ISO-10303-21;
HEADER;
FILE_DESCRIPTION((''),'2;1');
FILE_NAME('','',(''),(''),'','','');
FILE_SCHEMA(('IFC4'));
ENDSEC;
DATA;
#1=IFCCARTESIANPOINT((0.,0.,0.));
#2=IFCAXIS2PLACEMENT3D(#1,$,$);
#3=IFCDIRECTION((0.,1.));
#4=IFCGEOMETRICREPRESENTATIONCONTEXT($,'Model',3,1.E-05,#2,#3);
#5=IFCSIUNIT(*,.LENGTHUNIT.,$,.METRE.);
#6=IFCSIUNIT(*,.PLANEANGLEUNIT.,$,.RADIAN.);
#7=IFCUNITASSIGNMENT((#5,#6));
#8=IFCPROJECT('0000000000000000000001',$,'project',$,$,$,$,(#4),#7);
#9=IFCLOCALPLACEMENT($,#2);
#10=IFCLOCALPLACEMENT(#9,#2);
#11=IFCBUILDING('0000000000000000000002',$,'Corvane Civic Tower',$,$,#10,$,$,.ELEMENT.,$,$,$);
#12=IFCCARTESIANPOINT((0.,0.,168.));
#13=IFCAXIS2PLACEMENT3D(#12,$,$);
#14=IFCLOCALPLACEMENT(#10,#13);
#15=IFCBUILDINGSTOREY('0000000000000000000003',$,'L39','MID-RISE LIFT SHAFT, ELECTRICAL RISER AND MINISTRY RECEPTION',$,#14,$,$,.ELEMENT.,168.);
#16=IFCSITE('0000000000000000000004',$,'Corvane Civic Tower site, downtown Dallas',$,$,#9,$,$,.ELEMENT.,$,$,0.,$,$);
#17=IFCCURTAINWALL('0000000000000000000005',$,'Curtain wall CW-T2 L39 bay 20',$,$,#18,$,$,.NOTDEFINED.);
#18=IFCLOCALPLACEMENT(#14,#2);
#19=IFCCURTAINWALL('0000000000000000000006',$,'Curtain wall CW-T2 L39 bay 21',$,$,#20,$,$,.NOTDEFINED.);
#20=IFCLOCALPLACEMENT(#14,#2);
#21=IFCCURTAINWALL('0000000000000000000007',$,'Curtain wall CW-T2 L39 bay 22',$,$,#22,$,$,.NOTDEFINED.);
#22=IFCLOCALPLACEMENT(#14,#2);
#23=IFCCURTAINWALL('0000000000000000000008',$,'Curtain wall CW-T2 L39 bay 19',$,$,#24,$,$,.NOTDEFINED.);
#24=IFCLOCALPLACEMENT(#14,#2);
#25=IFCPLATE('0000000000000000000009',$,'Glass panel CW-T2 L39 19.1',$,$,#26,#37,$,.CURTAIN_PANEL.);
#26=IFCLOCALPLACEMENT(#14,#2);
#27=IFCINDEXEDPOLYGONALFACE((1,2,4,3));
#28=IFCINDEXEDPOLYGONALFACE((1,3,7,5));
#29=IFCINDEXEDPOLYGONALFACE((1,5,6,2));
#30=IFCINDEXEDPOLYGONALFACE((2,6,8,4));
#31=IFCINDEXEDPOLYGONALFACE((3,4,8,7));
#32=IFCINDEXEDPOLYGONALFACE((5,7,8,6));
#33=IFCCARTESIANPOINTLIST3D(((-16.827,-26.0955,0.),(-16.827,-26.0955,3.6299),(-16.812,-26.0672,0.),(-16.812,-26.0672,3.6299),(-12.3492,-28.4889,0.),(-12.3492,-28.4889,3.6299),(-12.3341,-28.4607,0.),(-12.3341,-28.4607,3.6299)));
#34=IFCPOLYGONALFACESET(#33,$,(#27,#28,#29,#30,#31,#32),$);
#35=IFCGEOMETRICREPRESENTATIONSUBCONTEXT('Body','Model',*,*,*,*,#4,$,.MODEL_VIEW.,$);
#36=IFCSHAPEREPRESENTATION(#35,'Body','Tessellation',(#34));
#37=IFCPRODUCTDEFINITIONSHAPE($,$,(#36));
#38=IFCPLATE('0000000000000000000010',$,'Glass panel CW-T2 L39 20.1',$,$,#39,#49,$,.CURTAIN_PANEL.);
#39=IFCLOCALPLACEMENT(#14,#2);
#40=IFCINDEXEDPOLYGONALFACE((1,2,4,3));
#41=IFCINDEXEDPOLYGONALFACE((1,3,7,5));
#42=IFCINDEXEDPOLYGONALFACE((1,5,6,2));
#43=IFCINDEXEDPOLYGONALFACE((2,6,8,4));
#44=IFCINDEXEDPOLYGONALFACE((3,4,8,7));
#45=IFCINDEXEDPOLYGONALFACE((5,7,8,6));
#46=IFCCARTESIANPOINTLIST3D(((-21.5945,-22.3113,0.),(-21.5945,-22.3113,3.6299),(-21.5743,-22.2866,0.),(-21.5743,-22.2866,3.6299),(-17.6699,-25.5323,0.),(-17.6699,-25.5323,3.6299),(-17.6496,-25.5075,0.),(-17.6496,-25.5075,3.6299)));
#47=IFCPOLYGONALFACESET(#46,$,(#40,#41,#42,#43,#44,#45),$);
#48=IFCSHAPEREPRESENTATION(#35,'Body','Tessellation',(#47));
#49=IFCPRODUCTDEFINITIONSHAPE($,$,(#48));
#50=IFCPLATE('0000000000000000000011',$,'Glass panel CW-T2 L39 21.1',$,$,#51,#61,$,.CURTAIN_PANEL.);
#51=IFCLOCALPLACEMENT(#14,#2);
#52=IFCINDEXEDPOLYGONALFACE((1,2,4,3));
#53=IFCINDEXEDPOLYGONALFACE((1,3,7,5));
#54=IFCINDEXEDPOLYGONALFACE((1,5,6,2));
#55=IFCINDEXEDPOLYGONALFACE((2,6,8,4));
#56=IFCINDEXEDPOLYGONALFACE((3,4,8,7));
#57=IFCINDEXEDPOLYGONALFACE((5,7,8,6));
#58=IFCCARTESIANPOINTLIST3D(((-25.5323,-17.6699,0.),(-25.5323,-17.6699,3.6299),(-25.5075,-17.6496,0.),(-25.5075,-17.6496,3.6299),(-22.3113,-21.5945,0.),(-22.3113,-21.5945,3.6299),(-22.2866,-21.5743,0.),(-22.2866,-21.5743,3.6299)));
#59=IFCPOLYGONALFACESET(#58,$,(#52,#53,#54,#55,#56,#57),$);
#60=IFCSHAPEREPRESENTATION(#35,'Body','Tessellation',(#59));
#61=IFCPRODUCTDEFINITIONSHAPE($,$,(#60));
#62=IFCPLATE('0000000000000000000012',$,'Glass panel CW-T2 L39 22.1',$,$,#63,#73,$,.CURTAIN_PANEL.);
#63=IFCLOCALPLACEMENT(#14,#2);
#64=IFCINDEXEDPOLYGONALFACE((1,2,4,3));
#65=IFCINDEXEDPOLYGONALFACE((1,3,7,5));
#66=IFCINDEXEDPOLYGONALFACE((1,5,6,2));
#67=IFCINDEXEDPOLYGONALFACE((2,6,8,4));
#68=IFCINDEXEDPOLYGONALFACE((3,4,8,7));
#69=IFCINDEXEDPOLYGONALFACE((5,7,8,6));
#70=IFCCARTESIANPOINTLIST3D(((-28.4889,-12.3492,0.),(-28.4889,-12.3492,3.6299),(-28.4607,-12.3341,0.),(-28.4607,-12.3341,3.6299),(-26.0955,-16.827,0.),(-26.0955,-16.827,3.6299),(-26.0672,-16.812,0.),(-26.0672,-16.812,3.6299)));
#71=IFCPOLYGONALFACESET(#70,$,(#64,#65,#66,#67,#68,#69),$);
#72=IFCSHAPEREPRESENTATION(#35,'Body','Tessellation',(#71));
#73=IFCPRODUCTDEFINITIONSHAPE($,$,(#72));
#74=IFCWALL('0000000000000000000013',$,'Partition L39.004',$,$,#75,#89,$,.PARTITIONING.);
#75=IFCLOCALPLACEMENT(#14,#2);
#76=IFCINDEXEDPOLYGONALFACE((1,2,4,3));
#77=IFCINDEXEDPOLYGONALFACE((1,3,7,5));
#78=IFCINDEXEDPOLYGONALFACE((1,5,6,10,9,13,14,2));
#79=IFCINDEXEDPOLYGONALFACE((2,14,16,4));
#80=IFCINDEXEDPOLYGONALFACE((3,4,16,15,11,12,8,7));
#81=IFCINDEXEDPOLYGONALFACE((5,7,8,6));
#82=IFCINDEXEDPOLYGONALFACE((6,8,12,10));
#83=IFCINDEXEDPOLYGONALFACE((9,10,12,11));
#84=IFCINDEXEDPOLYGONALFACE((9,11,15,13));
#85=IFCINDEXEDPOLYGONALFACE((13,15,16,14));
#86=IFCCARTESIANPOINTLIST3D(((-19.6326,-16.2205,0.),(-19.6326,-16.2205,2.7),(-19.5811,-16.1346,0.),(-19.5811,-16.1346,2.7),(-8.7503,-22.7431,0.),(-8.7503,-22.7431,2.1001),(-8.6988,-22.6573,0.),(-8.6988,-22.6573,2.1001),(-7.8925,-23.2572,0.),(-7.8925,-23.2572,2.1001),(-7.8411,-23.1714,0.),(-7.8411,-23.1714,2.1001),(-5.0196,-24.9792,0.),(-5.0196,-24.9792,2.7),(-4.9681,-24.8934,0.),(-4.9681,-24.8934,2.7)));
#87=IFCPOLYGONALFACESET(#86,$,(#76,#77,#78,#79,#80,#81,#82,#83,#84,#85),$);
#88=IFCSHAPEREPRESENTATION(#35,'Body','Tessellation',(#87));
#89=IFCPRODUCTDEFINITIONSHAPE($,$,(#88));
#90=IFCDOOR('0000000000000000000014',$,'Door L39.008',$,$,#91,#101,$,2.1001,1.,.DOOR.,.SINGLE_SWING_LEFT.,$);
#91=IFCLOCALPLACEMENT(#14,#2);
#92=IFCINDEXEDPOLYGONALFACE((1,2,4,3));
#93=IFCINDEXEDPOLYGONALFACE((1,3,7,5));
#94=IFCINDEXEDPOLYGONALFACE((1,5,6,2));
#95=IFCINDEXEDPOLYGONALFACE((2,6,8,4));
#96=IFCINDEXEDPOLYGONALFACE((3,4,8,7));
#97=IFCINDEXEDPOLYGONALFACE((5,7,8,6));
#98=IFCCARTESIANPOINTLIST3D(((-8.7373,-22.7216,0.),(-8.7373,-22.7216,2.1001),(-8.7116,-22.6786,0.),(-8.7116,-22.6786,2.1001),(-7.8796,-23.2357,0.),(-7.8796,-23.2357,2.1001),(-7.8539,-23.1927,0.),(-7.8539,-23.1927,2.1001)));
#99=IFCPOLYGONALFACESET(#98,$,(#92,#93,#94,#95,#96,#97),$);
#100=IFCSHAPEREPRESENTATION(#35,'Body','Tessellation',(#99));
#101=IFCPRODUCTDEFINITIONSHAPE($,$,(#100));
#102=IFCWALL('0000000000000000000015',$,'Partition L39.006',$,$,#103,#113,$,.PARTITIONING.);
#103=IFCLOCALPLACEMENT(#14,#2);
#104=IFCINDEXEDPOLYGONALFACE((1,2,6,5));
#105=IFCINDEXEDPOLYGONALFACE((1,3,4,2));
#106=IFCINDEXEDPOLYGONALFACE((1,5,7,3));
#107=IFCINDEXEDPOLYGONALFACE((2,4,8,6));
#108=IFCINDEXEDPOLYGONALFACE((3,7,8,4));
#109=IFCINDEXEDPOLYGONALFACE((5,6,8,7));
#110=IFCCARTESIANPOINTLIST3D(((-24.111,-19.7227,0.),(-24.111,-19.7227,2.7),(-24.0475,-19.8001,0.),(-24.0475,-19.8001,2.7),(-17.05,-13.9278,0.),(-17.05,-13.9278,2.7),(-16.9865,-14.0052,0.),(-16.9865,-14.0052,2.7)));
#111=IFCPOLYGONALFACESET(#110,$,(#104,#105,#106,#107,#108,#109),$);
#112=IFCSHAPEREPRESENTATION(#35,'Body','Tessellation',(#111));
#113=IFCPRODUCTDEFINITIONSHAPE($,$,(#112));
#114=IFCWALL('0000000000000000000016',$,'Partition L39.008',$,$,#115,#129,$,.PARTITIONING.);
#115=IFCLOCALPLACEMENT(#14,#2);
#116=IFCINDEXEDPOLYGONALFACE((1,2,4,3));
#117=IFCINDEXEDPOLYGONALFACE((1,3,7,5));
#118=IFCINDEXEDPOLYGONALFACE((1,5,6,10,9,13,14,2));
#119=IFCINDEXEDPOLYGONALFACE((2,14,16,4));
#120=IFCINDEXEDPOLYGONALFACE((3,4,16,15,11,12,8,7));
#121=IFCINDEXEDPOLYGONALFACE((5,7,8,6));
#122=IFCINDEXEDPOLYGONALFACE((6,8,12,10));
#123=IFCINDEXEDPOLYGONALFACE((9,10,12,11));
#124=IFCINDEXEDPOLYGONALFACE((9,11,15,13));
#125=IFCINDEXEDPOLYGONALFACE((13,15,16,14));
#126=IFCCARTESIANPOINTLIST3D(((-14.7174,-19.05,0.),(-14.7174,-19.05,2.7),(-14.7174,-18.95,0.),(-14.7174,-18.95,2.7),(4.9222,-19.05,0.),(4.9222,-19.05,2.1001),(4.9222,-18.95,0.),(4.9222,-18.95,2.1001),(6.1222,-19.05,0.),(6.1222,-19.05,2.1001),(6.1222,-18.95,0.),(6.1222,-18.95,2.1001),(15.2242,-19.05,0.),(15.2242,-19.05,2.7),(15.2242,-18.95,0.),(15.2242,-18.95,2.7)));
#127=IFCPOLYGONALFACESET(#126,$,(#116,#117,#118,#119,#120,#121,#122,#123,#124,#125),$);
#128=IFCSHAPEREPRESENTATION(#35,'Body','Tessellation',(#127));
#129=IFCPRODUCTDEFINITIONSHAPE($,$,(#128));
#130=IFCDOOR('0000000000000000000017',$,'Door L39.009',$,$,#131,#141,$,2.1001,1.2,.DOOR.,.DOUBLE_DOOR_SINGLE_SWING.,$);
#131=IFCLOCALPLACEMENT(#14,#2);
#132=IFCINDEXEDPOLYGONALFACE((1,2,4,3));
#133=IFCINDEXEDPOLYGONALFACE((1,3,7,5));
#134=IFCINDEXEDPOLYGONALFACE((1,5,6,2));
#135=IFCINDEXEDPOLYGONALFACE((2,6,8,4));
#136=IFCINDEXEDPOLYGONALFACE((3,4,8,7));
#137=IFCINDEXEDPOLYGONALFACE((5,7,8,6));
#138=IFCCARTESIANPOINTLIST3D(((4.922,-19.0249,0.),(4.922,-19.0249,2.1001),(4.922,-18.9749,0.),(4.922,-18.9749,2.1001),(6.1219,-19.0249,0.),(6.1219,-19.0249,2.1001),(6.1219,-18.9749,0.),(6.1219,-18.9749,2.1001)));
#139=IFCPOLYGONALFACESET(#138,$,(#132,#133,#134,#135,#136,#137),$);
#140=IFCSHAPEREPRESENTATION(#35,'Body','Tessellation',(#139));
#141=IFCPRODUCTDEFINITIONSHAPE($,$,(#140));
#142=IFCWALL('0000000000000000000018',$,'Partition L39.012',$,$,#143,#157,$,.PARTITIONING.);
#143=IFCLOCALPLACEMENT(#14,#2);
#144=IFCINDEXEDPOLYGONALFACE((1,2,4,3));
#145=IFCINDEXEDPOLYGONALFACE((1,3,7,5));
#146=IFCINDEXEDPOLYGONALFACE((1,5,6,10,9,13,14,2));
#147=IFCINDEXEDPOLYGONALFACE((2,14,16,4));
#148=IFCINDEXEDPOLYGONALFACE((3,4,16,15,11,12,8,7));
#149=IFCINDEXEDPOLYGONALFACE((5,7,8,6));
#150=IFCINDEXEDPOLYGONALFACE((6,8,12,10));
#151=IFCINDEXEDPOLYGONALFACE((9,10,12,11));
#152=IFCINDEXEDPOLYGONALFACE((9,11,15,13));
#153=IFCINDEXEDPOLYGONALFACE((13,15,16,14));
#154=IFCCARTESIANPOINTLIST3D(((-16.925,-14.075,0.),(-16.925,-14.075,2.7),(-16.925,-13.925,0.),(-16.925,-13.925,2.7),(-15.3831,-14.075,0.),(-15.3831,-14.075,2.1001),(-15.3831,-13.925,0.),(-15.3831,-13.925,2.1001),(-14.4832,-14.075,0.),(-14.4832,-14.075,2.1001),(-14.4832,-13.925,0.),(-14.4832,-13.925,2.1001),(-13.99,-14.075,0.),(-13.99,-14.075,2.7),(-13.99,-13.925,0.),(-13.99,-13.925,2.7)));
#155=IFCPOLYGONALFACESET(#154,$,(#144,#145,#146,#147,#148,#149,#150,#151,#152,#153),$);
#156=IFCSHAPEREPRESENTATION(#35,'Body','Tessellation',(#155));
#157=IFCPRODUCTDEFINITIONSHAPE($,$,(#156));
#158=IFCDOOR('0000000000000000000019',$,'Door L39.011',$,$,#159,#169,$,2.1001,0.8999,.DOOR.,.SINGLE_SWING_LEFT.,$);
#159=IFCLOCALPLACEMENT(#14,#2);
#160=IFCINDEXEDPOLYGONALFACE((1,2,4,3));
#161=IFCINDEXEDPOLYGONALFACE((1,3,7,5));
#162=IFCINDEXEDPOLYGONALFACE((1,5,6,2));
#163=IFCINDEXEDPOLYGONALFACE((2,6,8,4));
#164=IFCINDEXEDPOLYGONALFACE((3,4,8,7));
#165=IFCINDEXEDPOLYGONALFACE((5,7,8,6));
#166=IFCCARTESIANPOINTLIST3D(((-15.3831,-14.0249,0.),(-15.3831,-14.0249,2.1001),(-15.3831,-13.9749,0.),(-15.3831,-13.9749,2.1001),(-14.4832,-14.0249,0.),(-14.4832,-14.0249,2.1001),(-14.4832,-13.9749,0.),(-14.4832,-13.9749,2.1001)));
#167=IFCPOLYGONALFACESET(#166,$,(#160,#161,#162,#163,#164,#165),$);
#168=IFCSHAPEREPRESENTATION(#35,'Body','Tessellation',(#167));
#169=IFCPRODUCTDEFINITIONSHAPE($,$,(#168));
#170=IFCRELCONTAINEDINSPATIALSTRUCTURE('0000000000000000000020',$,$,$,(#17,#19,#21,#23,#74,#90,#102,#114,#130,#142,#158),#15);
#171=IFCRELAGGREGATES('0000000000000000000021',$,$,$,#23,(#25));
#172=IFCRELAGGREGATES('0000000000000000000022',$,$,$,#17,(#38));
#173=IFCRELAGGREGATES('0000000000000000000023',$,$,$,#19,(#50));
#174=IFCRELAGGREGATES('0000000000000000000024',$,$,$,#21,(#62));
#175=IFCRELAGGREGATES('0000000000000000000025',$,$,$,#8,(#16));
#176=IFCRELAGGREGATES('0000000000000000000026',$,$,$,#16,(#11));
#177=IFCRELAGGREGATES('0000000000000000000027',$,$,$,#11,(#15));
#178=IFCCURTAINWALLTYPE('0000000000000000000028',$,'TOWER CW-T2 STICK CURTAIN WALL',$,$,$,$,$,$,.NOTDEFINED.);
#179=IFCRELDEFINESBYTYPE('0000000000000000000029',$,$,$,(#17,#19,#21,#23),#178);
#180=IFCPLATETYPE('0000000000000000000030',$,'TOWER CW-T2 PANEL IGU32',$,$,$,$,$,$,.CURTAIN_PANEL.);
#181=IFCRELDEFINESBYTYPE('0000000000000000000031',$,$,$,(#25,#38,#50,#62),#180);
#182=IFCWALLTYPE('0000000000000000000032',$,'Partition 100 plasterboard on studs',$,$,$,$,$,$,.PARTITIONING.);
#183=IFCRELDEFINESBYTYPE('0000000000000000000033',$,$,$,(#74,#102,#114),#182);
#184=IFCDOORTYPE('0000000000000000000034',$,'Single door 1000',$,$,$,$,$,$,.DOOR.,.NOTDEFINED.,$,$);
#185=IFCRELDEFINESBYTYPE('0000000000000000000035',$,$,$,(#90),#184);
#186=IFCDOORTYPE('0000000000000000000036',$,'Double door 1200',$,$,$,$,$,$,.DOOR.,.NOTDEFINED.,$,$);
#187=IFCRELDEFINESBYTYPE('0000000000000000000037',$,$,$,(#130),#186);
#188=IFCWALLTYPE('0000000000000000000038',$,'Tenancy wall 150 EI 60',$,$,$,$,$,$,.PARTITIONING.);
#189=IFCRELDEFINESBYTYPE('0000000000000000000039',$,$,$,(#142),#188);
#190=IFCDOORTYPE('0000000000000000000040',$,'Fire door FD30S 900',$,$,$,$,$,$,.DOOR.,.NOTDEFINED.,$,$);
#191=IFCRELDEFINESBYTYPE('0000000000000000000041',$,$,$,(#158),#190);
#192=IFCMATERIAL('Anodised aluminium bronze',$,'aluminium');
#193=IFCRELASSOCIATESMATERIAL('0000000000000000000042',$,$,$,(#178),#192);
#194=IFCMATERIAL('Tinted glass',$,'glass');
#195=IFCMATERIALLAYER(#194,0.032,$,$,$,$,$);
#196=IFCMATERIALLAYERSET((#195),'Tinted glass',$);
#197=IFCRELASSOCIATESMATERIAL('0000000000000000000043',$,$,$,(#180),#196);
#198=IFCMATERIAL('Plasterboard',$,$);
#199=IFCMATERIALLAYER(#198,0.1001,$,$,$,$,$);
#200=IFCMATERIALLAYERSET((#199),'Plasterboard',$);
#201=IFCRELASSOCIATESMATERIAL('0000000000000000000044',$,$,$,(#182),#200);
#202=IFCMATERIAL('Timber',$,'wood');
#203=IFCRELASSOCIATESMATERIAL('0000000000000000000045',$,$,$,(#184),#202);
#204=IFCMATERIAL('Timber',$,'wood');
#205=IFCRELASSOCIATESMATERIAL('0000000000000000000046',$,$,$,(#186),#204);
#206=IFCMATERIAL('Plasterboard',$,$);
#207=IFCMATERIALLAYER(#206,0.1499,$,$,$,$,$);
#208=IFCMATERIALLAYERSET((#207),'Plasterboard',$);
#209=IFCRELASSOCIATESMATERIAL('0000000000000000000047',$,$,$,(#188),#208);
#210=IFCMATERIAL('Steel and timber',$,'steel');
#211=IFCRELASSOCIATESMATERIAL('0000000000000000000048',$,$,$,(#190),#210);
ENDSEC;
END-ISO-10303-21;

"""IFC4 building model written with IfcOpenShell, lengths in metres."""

from ifc_helpers import new_model, si_unit, direction, frame, frame_2d, origin, origin_2d, place, context, subcontext, project, spatial, rectangle, extrude, material, layer, layer_set, type_object, element, fill, aggregate, save


model = new_model("IFC4")

# Units and contexts
model_context = context("Model", 3, precision=1e-05, world=origin(), true_north=direction((0.0, 1.0)))
body_context = subcontext(model_context, "Body", "Model", "MODEL_VIEW")
ifc_project = project(units=[si_unit("LENGTHUNIT", "METRE"), si_unit("PLANEANGLEUNIT", "RADIAN")], contexts=[model_context])

# Site, building, storey
site_placement = place(None, origin())
site = spatial("IfcSite", under=ifc_project, at=site_placement, Name="Corvane Civic Tower site, downtown Dallas", CompositionType="ELEMENT", RefElevation=0.0)
building_placement = place(site_placement, origin())
building = spatial("IfcBuilding", under=site, at=building_placement, Name="Corvane Civic Tower", CompositionType="ELEMENT")
storey_placement = place(building_placement, frame((0.0, 0.0, 168.0)))
storey = spatial("IfcBuildingStorey", under=building, at=storey_placement, Name="L39", Description="MID-RISE LIFT SHAFT, ELECTRICAL RISER AND MINISTRY RECEPTION", CompositionType="ELEMENT", Elevation=168.0)

# Curtain walls
ifc_material_1 = material(Name="Anodised aluminium bronze", Category="aluminium")
curtain_wall_type = type_object("IfcCurtainWallType", Name="TOWER CW-T2 STICK CURTAIN WALL", PredefinedType="NOTDEFINED", material=ifc_material_1)
curtain_wall_1_placement = place(storey_placement, origin())
curtain_wall_1 = element("IfcCurtainWall", 1, at=curtain_wall_1_placement, inside=storey, type_object=curtain_wall_type, Name="Curtain wall CW-T2 L39 bay 20", PredefinedType="NOTDEFINED")
curtain_wall_2_placement = place(storey_placement, origin())
curtain_wall_2 = element("IfcCurtainWall", 2, at=curtain_wall_2_placement, inside=storey, type_object=curtain_wall_type, Name="Curtain wall CW-T2 L39 bay 21", PredefinedType="NOTDEFINED")
curtain_wall_3_placement = place(storey_placement, origin())
curtain_wall_3 = element("IfcCurtainWall", 3, at=curtain_wall_3_placement, inside=storey, type_object=curtain_wall_type, Name="Curtain wall CW-T2 L39 bay 22", PredefinedType="NOTDEFINED")

# Curtain wall, plate
curtain_wall_4_placement = place(storey_placement, origin())
curtain_wall_4 = element("IfcCurtainWall", 4, at=curtain_wall_4_placement, inside=storey, type_object=curtain_wall_type, Name="Curtain wall CW-T2 L39 bay 19", PredefinedType="NOTDEFINED")
ifc_material_2 = material(Name="Tinted glass", Category="glass")
ifc_layer_1 = layer(ifc_material_2, 0.032)
ifc_layer_set_1 = layer_set([ifc_layer_1], Name="Tinted glass")
plate_type = type_object("IfcPlateType", Name="TOWER CW-T2 PANEL IGU32", PredefinedType="CURTAIN_PANEL", material=ifc_layer_set_1)
plate_1_placement = place(storey_placement, frame((-14.5806, -27.2781, 0.0), z_axis=(0.0, 0.0, 1.0), x_axis=(-0.881922, 0.471395, 0.0)))
plate_1 = element("IfcPlate", 5, at=plate_1_placement, type_object=plate_type, Name="Glass panel CW-T2 L39 19.1", PredefinedType="CURTAIN_PANEL", context=body_context, shape_type="SweptSolid", body=[
    extrude(rectangle(XDim=5.0774, YDim=0.032, at=origin_2d()), origin(), (0.0, 0.0, 1.0), 3.6299),
])
aggregate(curtain_wall_4, [plate_1])

# Plates
plate_2_placement = place(storey_placement, frame((-19.6221, -23.9094, 0.0), z_axis=(0.0, 0.0, 1.0), x_axis=(-0.773005, 0.6344, 0.0)))
plate_2 = element("IfcPlate", 6, at=plate_2_placement, type_object=plate_type, Name="Glass panel CW-T2 L39 20.1", PredefinedType="CURTAIN_PANEL", context=body_context, shape_type="SweptSolid", body=[
    extrude(rectangle(XDim=5.0771, YDim=0.032, at=origin_2d()), origin(), (0.0, 0.0, 1.0), 3.6299),
])
aggregate(curtain_wall_1, [plate_2])
plate_3_placement = place(storey_placement, frame((-23.9094, -19.6221, 0.0), z_axis=(0.0, 0.0, 1.0), x_axis=(-0.6344, 0.773005, 0.0)))
plate_3 = element("IfcPlate", 7, at=plate_3_placement, type_object=plate_type, Name="Glass panel CW-T2 L39 21.1", PredefinedType="CURTAIN_PANEL", context=body_context, shape_type="SweptSolid", body=[
    extrude(rectangle(XDim=5.0771, YDim=0.032, at=origin_2d()), origin(), (0.0, 0.0, 1.0), 3.6299),
])
aggregate(curtain_wall_2, [plate_3])
plate_4_placement = place(storey_placement, frame((-27.2781, -14.5806, 0.0), z_axis=(0.0, 0.0, 1.0), x_axis=(-0.471395, 0.881922, 0.0)))
plate_4 = element("IfcPlate", 8, at=plate_4_placement, type_object=plate_type, Name="Glass panel CW-T2 L39 22.1", PredefinedType="CURTAIN_PANEL", context=body_context, shape_type="SweptSolid", body=[
    extrude(rectangle(XDim=5.0774, YDim=0.032, at=origin_2d()), origin(), (0.0, 0.0, 1.0), 3.6299),
])
aggregate(curtain_wall_3, [plate_4])

# Wall, opening, door
ifc_material_3 = material(Name="Plasterboard")
ifc_layer_2 = layer(ifc_material_3, 0.1001)
ifc_layer_set_2 = layer_set([ifc_layer_2], Name="Plasterboard")
wall_type_1 = type_object("IfcWallType", Name="Partition 100 plasterboard on studs", PredefinedType="PARTITIONING", material=ifc_layer_set_2)
wall_1_placement = place(storey_placement, frame((-19.6069, -16.1775, 0.0), z_axis=(0.0, 0.0, 1.0), x_axis=(0.857727, -0.514106, 0.0)))
wall_1 = element("IfcWall", 9, at=wall_1_placement, inside=storey, type_object=wall_type_1, Name="Partition L39.004", PredefinedType="PARTITIONING", context=body_context, shape_type="SweptSolid", body=[
    extrude(rectangle(XDim=17.0369, YDim=0.1001, at=frame_2d((8.5186, 0.0))), origin(), (0.0, 0.0, 1.0), 2.7),
])
opening_1_placement = place(wall_1_placement, frame((12.6875, 0.0, 0.0)))
opening_1 = element("IfcOpeningElement", 10, at=opening_1_placement, cuts=wall_1, PredefinedType="OPENING", context=body_context, shape_type="SweptSolid", body=[
    extrude(rectangle(XDim=1.0, YDim=2.1001, at=frame_2d((0.5, 1.05))), frame((0.0, 0.0601, 0.0), z_axis=(0.0, -1.0, 0.0), x_axis=(1.0, 0.0, 0.0)), (0.0, 0.0, 1.0), 0.1201),
])
ifc_material_4 = material(Name="Timber", Category="wood")
door_type_1 = type_object("IfcDoorType", Name="Single door 1000", OperationType="NOTDEFINED", PredefinedType="DOOR", material=ifc_material_4)
door_1_placement = place(opening_1_placement, frame((1.0, 0.0, 0.0), z_axis=(0.0, 0.0, 1.0), x_axis=(-1.0, 0.0, 0.0)))
door_1 = element("IfcDoor", 11, at=door_1_placement, inside=storey, type_object=door_type_1, Name="Door L39.008", OperationType="SINGLE_SWING_LEFT", OverallHeight=2.1001, OverallWidth=1.0, PredefinedType="DOOR", context=body_context, shape_type="SweptSolid", body=[
    extrude(rectangle(XDim=1.0, YDim=2.1001, at=frame_2d((0.5, 1.05))), frame((0.0, 0.0249, 0.0), z_axis=(0.0, -1.0, 0.0), x_axis=(1.0, 0.0, 0.0)), (0.0, 0.0, 1.0), 0.05),
])
fill(opening_1, door_1)

# Wall
wall_2_placement = place(storey_placement, frame((-24.0793, -19.7615, 0.0), z_axis=(0.0, 0.0, 1.0), x_axis=(0.773006, 0.634399, 0.0)))
element("IfcWall", 12, at=wall_2_placement, inside=storey, type_object=wall_type_1, Name="Partition L39.006", PredefinedType="PARTITIONING", context=body_context, shape_type="SweptSolid", body=[
    extrude(rectangle(XDim=9.1345, YDim=0.1001, at=frame_2d((4.5674, 0.0))), origin(), (0.0, 0.0, 1.0), 2.7),
])

# Walls, openings, doors
wall_3_placement = place(storey_placement, frame((-14.7173, -19.0, 0.0), z_axis=(0.0, 0.0, 1.0), x_axis=(1.0, 0.0, 0.0)))
wall_3 = element("IfcWall", 13, at=wall_3_placement, inside=storey, type_object=wall_type_1, Name="Partition L39.008", PredefinedType="PARTITIONING", context=body_context, shape_type="SweptSolid", body=[
    extrude(rectangle(XDim=29.9417, YDim=0.1001, at=frame_2d((14.9707, 0.0))), origin(), (0.0, 0.0, 1.0), 2.7),
])
opening_2_placement = place(wall_3_placement, frame((19.6394, 0.0, 0.0)))
opening_2 = element("IfcOpeningElement", 14, at=opening_2_placement, cuts=wall_3, PredefinedType="OPENING", context=body_context, shape_type="SweptSolid", body=[
    extrude(rectangle(XDim=1.2, YDim=2.1001, at=frame_2d((0.6001, 1.05))), frame((0.0, 0.0601, 0.0), z_axis=(0.0, -1.0, 0.0), x_axis=(1.0, 0.0, 0.0)), (0.0, 0.0, 1.0), 0.1201),
])
ifc_material_5 = material(Name="Timber", Category="wood")
door_type_2 = type_object("IfcDoorType", Name="Double door 1200", OperationType="NOTDEFINED", PredefinedType="DOOR", material=ifc_material_5)
door_2_placement = place(opening_2_placement, frame((1.2, 0.0, 0.0), z_axis=(0.0, 0.0, 1.0), x_axis=(-1.0, 0.0, 0.0)))
door_2 = element("IfcDoor", 15, at=door_2_placement, inside=storey, type_object=door_type_2, Name="Door L39.009", OperationType="DOUBLE_DOOR_SINGLE_SWING", OverallHeight=2.1001, OverallWidth=1.2, PredefinedType="DOOR", context=body_context, shape_type="SweptSolid", body=[
    extrude(rectangle(XDim=1.2, YDim=2.1001, at=frame_2d((0.6001, 1.05))), frame((0.0, 0.0249, 0.0), z_axis=(0.0, -1.0, 0.0), x_axis=(1.0, 0.0, 0.0)), (0.0, 0.0, 1.0), 0.05),
])
fill(opening_2, door_2)
ifc_material_6 = material(Name="Plasterboard")
ifc_layer_3 = layer(ifc_material_6, 0.1499)
ifc_layer_set_3 = layer_set([ifc_layer_3], Name="Plasterboard")
wall_type_2 = type_object("IfcWallType", Name="Tenancy wall 150 EI 60", PredefinedType="PARTITIONING", material=ifc_layer_set_3)
wall_4_placement = place(storey_placement, frame((-16.925, -14.0, 0.0), z_axis=(0.0, 0.0, 1.0), x_axis=(1.0, 0.0, 0.0)))
wall_4 = element("IfcWall", 16, at=wall_4_placement, inside=storey, type_object=wall_type_2, Name="Partition L39.012", PredefinedType="PARTITIONING", context=body_context, shape_type="SweptSolid", body=[
    extrude(rectangle(XDim=2.9351, YDim=0.1499, at=frame_2d((1.4675, 0.0))), origin(), (0.0, 0.0, 1.0), 2.7),
])
opening_3_placement = place(wall_4_placement, frame((1.542, 0.0, 0.0)))
opening_3 = element("IfcOpeningElement", 17, at=opening_3_placement, cuts=wall_4, PredefinedType="OPENING", context=body_context, shape_type="SweptSolid", body=[
    extrude(rectangle(XDim=0.8999, YDim=2.1001, at=frame_2d((0.45, 1.05))), frame((0.0, 0.085, 0.0), z_axis=(0.0, -1.0, 0.0), x_axis=(1.0, 0.0, 0.0)), (0.0, 0.0, 1.0), 0.1699),
])
ifc_material_7 = material(Name="Steel and timber", Category="steel")
door_type_3 = type_object("IfcDoorType", Name="Fire door FD30S 900", OperationType="NOTDEFINED", PredefinedType="DOOR", material=ifc_material_7)
door_3_placement = place(opening_3_placement, frame((0.8999, 0.0, 0.0), z_axis=(0.0, 0.0, 1.0), x_axis=(-1.0, 0.0, 0.0)))
door_3 = element("IfcDoor", 18, at=door_3_placement, inside=storey, type_object=door_type_3, Name="Door L39.011", OperationType="SINGLE_SWING_LEFT", OverallHeight=2.1001, OverallWidth=0.8999, PredefinedType="DOOR", context=body_context, shape_type="SweptSolid", body=[
    extrude(rectangle(XDim=0.8999, YDim=2.1001, at=frame_2d((0.45, 1.05))), frame((0.0, 0.0249, 0.0), z_axis=(0.0, -1.0, 0.0), x_axis=(1.0, 0.0, 0.0)), (0.0, 0.0, 1.0), 0.05),
])
fill(opening_3, door_3)

save(model, "model.ifc")
